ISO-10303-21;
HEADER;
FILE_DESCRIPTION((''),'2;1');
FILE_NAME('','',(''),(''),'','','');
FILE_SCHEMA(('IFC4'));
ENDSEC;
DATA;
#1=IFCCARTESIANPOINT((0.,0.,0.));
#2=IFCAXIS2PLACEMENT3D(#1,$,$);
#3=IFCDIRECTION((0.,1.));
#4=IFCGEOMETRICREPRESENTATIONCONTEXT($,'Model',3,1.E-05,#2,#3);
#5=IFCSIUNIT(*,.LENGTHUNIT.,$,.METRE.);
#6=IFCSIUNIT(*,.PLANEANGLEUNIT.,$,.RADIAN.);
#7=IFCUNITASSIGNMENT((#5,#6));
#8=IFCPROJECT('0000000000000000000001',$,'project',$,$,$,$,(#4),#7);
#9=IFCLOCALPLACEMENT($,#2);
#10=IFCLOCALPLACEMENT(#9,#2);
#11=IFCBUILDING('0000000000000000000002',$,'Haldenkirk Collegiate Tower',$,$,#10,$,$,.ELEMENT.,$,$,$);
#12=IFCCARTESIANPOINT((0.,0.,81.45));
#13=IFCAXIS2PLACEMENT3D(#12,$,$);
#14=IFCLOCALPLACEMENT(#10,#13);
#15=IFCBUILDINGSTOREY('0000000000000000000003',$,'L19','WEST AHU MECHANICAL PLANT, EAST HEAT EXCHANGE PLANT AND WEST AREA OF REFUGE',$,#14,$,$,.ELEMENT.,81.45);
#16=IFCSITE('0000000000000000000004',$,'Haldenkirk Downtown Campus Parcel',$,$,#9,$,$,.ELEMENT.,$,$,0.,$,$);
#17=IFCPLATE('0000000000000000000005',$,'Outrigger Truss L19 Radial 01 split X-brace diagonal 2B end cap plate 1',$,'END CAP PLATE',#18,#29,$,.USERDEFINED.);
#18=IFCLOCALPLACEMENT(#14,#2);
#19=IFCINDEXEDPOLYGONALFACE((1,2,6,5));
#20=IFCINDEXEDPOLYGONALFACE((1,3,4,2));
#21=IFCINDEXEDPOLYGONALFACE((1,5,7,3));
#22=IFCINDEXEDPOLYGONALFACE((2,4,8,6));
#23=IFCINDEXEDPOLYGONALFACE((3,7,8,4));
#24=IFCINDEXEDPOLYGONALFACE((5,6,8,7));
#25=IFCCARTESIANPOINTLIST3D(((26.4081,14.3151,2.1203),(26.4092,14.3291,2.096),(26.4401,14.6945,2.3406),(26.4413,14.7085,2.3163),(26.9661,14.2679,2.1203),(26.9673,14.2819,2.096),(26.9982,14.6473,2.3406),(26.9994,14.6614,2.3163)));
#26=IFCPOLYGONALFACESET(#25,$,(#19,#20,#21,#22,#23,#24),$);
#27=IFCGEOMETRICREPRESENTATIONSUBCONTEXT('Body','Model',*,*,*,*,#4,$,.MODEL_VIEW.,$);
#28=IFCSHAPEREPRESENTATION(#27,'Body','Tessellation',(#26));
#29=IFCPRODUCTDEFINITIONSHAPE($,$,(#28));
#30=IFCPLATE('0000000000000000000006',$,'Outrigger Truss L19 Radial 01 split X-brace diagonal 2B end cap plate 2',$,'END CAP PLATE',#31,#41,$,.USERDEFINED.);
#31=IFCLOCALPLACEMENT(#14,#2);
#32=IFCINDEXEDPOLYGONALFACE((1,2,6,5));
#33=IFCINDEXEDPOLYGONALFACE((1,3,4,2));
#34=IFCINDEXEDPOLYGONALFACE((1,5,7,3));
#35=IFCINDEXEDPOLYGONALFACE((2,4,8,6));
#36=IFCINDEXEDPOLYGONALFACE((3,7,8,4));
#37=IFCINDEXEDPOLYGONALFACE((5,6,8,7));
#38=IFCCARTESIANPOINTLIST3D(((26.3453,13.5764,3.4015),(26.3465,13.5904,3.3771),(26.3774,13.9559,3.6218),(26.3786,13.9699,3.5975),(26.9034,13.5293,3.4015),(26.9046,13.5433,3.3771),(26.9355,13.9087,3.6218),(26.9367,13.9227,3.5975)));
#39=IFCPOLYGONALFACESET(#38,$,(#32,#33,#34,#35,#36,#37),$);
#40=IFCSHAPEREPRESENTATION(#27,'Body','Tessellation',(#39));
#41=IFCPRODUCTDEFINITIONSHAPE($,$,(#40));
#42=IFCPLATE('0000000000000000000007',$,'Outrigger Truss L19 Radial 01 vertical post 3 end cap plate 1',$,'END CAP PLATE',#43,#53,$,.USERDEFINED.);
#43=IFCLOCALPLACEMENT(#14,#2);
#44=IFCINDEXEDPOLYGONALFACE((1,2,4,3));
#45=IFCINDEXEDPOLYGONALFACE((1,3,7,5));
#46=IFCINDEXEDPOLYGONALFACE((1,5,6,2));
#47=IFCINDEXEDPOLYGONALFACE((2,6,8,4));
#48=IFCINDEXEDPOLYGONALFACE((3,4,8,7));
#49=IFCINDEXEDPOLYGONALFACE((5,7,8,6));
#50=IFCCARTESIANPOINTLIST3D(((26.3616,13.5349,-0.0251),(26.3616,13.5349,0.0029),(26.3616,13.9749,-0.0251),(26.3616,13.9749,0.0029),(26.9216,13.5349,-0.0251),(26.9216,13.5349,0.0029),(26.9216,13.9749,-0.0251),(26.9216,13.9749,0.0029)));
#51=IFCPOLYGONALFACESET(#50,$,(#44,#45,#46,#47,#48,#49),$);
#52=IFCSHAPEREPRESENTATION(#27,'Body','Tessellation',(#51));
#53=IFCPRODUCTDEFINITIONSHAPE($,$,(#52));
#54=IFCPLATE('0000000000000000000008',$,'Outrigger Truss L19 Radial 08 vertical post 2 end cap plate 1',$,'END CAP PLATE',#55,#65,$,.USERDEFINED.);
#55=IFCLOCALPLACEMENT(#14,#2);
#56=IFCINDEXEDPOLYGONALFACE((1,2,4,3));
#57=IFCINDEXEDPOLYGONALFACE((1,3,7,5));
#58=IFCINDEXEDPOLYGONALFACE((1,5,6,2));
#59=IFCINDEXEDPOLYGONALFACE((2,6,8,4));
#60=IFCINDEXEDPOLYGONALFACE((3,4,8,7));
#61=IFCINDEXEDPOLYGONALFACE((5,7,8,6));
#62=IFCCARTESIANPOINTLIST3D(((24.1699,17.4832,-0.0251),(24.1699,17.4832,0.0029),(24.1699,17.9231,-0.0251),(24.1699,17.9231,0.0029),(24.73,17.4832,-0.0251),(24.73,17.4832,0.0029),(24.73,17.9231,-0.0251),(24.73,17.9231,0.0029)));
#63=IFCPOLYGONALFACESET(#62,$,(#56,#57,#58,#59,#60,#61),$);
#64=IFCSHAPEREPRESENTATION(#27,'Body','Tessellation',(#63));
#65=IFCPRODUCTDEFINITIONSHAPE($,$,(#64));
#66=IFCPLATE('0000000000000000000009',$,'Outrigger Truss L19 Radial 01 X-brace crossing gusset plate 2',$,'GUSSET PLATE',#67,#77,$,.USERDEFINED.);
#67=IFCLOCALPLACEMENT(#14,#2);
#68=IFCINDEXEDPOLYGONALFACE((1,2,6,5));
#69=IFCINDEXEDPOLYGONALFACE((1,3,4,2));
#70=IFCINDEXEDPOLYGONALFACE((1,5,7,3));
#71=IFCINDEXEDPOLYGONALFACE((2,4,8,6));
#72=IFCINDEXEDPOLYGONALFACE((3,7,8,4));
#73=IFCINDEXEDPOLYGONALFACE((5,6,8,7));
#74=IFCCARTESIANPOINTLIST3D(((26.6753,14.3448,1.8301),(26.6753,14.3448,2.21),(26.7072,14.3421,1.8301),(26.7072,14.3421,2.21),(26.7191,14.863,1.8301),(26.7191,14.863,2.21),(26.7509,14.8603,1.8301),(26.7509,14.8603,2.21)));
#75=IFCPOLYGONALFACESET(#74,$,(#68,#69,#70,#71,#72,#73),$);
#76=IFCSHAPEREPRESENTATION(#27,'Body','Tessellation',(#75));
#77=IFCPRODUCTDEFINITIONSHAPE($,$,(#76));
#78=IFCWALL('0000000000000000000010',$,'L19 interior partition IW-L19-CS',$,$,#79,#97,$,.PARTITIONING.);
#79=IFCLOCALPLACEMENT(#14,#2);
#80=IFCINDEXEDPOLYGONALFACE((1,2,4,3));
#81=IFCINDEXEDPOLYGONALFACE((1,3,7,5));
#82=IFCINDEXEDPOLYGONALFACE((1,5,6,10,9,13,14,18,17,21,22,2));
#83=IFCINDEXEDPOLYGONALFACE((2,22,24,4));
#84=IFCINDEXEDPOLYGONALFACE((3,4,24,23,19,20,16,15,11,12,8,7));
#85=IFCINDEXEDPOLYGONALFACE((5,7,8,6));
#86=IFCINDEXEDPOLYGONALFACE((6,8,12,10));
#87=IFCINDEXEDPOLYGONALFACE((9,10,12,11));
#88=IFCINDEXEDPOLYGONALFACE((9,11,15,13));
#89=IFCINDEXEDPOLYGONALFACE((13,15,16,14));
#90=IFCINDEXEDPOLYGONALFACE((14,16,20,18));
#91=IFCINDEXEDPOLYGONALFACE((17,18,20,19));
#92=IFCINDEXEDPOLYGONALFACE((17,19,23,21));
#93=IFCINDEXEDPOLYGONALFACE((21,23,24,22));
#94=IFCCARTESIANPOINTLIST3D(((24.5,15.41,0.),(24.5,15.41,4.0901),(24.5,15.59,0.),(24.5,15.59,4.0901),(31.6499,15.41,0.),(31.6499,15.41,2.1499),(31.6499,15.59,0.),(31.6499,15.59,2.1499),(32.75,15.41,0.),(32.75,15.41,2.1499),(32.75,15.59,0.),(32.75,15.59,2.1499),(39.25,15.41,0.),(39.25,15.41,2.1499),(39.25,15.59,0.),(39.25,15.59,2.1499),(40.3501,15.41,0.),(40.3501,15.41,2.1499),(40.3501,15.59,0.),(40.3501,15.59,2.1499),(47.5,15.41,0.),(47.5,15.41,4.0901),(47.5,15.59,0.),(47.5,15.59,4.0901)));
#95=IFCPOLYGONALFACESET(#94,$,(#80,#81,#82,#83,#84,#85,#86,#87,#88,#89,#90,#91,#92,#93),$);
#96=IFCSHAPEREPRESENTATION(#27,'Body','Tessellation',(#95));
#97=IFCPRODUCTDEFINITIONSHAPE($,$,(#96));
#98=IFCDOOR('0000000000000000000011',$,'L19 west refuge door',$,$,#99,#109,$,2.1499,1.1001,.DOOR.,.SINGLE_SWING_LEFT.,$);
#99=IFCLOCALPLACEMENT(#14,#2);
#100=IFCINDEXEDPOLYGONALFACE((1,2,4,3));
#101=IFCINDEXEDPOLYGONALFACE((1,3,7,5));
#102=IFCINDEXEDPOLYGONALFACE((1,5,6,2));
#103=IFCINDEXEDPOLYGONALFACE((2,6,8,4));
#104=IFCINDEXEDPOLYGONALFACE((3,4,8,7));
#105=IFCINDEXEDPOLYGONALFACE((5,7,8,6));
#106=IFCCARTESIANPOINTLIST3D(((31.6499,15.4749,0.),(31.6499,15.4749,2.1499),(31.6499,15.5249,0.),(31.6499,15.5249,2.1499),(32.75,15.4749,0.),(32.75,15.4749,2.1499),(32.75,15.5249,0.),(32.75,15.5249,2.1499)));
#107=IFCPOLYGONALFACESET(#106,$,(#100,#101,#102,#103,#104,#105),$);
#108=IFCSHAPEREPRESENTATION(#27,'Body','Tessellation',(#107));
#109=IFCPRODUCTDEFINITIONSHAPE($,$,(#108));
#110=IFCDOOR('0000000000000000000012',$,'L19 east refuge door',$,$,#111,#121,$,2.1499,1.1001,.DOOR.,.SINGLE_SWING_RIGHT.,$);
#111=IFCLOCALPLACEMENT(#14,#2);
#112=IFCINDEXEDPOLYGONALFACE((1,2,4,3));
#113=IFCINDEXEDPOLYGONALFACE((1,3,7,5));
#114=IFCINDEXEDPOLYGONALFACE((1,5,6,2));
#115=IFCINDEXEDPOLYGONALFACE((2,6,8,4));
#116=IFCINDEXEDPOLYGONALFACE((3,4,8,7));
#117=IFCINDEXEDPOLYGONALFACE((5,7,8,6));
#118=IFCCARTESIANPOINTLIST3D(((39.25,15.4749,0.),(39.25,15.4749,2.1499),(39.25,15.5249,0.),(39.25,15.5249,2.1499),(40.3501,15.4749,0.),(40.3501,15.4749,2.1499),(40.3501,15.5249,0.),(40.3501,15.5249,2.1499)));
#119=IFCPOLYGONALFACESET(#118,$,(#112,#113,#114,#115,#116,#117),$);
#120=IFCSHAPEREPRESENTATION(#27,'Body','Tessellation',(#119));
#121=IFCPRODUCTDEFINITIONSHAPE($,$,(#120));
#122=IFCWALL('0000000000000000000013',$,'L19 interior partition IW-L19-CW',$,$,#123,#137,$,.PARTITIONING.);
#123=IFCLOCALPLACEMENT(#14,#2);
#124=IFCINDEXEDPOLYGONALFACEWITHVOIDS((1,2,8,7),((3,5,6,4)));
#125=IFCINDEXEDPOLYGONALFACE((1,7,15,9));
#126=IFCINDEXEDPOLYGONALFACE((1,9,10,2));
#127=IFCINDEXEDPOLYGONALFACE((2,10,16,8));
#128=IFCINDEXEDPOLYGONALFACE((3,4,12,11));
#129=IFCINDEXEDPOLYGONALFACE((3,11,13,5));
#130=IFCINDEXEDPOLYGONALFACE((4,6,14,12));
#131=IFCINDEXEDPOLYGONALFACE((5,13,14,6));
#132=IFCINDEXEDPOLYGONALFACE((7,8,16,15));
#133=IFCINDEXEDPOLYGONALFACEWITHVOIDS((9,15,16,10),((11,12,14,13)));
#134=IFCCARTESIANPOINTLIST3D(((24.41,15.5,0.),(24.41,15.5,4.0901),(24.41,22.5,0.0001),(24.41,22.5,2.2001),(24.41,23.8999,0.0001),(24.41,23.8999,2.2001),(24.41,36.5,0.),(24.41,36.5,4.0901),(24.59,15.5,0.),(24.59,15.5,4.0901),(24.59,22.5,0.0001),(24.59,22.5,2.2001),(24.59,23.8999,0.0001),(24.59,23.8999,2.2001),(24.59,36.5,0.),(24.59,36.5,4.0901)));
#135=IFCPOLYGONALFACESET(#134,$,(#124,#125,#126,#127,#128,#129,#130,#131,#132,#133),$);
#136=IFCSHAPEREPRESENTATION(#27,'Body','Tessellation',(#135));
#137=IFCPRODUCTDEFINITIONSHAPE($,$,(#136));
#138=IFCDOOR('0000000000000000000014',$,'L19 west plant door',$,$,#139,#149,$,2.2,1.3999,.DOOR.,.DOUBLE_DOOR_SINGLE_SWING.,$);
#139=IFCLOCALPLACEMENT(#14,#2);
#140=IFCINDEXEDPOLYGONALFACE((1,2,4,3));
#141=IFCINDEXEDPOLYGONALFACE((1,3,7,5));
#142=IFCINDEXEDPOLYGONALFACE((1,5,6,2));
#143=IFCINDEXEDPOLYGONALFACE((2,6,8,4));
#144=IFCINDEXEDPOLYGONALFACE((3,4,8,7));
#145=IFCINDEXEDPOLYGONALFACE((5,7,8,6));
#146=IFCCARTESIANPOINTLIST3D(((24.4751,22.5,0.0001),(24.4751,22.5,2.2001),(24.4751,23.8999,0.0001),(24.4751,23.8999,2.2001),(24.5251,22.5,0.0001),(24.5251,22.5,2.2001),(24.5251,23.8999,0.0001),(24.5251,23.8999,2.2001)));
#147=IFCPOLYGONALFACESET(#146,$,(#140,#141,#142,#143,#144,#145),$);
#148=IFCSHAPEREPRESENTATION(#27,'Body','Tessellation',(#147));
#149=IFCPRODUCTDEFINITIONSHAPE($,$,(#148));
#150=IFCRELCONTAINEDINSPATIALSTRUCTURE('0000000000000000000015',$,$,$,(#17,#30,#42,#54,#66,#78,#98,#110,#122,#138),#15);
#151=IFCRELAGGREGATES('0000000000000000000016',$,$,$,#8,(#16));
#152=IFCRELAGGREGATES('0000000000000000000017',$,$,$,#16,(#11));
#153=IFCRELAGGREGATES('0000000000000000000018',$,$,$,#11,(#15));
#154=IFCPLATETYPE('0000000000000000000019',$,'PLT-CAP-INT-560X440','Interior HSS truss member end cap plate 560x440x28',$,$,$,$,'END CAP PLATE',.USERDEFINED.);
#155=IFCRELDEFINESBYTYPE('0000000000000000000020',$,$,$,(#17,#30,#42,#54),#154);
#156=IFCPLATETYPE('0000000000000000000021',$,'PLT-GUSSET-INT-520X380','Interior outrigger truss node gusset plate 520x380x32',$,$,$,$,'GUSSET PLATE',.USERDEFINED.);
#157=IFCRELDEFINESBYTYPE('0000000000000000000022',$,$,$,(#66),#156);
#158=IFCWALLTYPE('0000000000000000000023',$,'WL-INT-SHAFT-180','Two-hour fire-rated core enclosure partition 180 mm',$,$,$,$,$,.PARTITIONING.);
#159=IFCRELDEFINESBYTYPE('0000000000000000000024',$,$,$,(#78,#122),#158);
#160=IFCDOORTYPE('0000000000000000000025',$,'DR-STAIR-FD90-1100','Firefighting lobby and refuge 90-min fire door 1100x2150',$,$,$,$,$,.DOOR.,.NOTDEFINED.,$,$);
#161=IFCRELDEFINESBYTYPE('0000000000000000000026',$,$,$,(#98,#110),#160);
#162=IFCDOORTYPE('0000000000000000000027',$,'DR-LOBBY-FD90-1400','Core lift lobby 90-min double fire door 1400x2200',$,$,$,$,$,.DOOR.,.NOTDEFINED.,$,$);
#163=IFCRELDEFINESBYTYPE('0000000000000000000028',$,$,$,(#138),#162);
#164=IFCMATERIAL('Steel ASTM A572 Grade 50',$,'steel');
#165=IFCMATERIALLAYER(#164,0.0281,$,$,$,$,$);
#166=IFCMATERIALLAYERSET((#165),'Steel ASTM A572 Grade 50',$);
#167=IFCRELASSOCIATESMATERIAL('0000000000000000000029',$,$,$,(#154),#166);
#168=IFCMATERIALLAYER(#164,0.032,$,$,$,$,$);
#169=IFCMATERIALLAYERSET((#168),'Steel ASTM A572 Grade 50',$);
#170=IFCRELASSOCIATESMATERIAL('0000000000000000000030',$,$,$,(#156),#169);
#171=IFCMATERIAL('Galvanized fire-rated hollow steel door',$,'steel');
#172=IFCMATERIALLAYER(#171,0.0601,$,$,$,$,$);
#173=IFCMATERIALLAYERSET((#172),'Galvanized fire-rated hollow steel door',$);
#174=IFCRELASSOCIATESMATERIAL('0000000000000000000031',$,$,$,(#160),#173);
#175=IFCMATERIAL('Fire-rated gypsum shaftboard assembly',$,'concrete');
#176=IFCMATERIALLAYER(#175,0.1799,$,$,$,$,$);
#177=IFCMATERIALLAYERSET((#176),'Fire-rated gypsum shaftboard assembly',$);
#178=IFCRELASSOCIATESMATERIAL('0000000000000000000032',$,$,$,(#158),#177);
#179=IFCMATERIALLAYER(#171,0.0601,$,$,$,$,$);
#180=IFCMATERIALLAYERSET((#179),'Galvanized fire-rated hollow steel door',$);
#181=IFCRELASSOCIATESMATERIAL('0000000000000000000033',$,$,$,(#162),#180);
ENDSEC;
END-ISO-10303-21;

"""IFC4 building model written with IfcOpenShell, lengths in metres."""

from ifc_helpers import new_model, si_unit, direction, frame, frame_2d, origin, origin_2d, place, context, subcontext, project, spatial, rectangle, extrude, source, transform, mapped, material, layer, layer_set, type_object, element, fill, save


model = new_model("IFC4")

# Units and contexts
model_context = context("Model", 3, precision=1e-05, world=origin(), true_north=direction((0.0, 1.0)))
body_context = subcontext(model_context, "Body", "Model", "MODEL_VIEW")
ifc_project = project(units=[si_unit("LENGTHUNIT", "METRE"), si_unit("PLANEANGLEUNIT", "RADIAN")], contexts=[model_context])

# Site, building, storey
site_placement = place(None, origin())
site = spatial("IfcSite", under=ifc_project, at=site_placement, Name="Haldenkirk Downtown Campus Parcel", CompositionType="ELEMENT", RefElevation=0.0)
building_placement = place(site_placement, origin())
building = spatial("IfcBuilding", under=site, at=building_placement, Name="Haldenkirk Collegiate Tower", CompositionType="ELEMENT")
storey_placement = place(building_placement, frame((0.0, 0.0, 81.45)))
storey = spatial("IfcBuildingStorey", under=building, at=storey_placement, Name="L19", Description="WEST AHU MECHANICAL PLANT, EAST HEAT EXCHANGE PLANT AND WEST AREA OF REFUGE", CompositionType="ELEMENT", Elevation=81.45)

# Shared definitions
ifc_material_1 = material(Name="Steel ASTM A572 Grade 50", Category="steel")

# Plates
ifc_layer_1 = layer(ifc_material_1, 0.0281)
ifc_layer_set_1 = layer_set([ifc_layer_1], Name="Steel ASTM A572 Grade 50")
plate_type_1 = type_object("IfcPlateType", Name="PLT-CAP-INT-560X440", Description="Interior HSS truss member end cap plate 560x440x28", ElementType="END CAP PLATE", PredefinedType="USERDEFINED", material=ifc_layer_set_1)
shared_shape_1 = source(origin(), body_context, "Body", "SweptSolid", [
    extrude(rectangle(XDim=0.5601, YDim=0.4399, at=origin_2d()), origin(), (0.0, 0.0, 1.0), 0.0281),
])
for number, where, z_axis, x_axis, name in (
    (1, (26.7031, 14.4812, 2.2305), (0.042171, 0.498995, -0.865578), (-0.996448, 0.084213, 0.000001), "Outrigger Truss L19 Radial 01 split X-brace diagonal 2B end cap plate 1"),
    (2, (26.6416, 13.7566, 3.4873), (-0.042171, -0.498995, 0.865578), (0.996448, -0.084213, -0.000001), "Outrigger Truss L19 Radial 01 split X-brace diagonal 2B end cap plate 2"),
    (3, (26.6416, 13.7549, 0.0029), (0.0, 0.0, -1.0), (1.0, 0.0, 0.0), "Outrigger Truss L19 Radial 01 vertical post 3 end cap plate 1"),
    (4, (24.45, 17.7031, 0.0029), (0.0, 0.0, -1.0), (1.0, 0.0, 0.0), "Outrigger Truss L19 Radial 08 vertical post 2 end cap plate 1"),
):
    element("IfcPlate", number, at=place(storey_placement, frame(where, z_axis=z_axis, x_axis=x_axis)), inside=storey, type_object=plate_type_1, Name=name, ObjectType="END CAP PLATE", PredefinedType="USERDEFINED", context=body_context, shape_type="MappedRepresentation", body=[
        mapped(shared_shape_1, transform((0.0, 0.0, 0.0), x_axis=(1.0, 0.0, 0.0), y_axis=(0.0, 1.0, 0.0), z_axis=(0.0, 0.0, 1.0), scale=1.0)),
    ])
ifc_layer_2 = layer(ifc_material_1, 0.032)
ifc_layer_set_2 = layer_set([ifc_layer_2], Name="Steel ASTM A572 Grade 50")
plate_type_2 = type_object("IfcPlateType", Name="PLT-GUSSET-INT-520X380", Description="Interior outrigger truss node gusset plate 520x380x32", ElementType="GUSSET PLATE", PredefinedType="USERDEFINED", material=ifc_layer_set_2)
shared_shape_2 = source(origin(), body_context, "Body", "SweptSolid", [
    extrude(rectangle(XDim=0.52, YDim=0.032, at=origin_2d()), origin(), (0.0, 0.0, 1.0), 0.3799),
])
plate_placement = place(storey_placement, frame((26.7131, 14.6025, 1.8301), z_axis=(0.0, 0.0, 1.0), x_axis=(-0.084148, -0.996453, 0.0)))
element("IfcPlate", 5, at=plate_placement, inside=storey, type_object=plate_type_2, Name="Outrigger Truss L19 Radial 01 X-brace crossing gusset plate 2", ObjectType="GUSSET PLATE", PredefinedType="USERDEFINED", context=body_context, shape_type="MappedRepresentation", body=[
    mapped(shared_shape_2, transform((0.0, 0.0, 0.0), x_axis=(1.0, 0.0, 0.0), y_axis=(0.0, 1.0, 0.0), z_axis=(0.0, 0.0, 1.0), scale=1.0)),
])

# Wall, openings, doors
ifc_material_2 = material(Name="Galvanized fire-rated hollow steel door", Category="steel")
ifc_layer_3 = layer(ifc_material_2, 0.0601)
ifc_layer_set_3 = layer_set([ifc_layer_3], Name="Galvanized fire-rated hollow steel door")
door_type_1 = type_object("IfcDoorType", Name="DR-STAIR-FD90-1100", Description="Firefighting lobby and refuge 90-min fire door 1100x2150", OperationType="NOTDEFINED", PredefinedType="DOOR", material=ifc_layer_set_3)
ifc_material_3 = material(Name="Fire-rated gypsum shaftboard assembly", Category="concrete")
ifc_layer_4 = layer(ifc_material_3, 0.1799)
ifc_layer_set_4 = layer_set([ifc_layer_4], Name="Fire-rated gypsum shaftboard assembly")
wall_type_1 = type_object("IfcWallType", Name="WL-INT-SHAFT-180", Description="Two-hour fire-rated core enclosure partition 180 mm", PredefinedType="PARTITIONING", material=ifc_layer_set_4)
wall_1_placement = place(storey_placement, frame((24.5, 15.5, 0.0), z_axis=(0.0, 0.0, 1.0), x_axis=(1.0, 0.0, 0.0)))
wall_1 = element("IfcWall", 6, at=wall_1_placement, inside=storey, type_object=wall_type_1, Name="L19 interior partition IW-L19-CS", PredefinedType="PARTITIONING", context=body_context, shape_type="SweptSolid", body=[
    extrude(rectangle(XDim=23.0, YDim=0.1799, at=frame_2d((11.5, 0.0))), origin(), (0.0, 0.0, 1.0), 4.0901),
])
opening_1_placement = place(wall_1_placement, frame((7.1499, 0.0, 0.0)))
opening_1 = element("IfcOpeningElement", 7, at=opening_1_placement, cuts=wall_1, PredefinedType="OPENING", context=body_context, shape_type="SweptSolid", body=[
    extrude(rectangle(XDim=1.1001, YDim=2.1499, at=frame_2d((0.55, 1.075))), frame((0.0, 0.0999, 0.0), z_axis=(0.0, -1.0, 0.0), x_axis=(1.0, 0.0, 0.0)), (0.0, 0.0, 1.0), 0.2),
])
opening_2_placement = place(wall_1_placement, frame((14.75, 0.0, 0.0)))
opening_2 = element("IfcOpeningElement", 8, at=opening_2_placement, cuts=wall_1, PredefinedType="OPENING", context=body_context, shape_type="SweptSolid", body=[
    extrude(rectangle(XDim=1.1001, YDim=2.1499, at=frame_2d((0.55, 1.075))), frame((0.0, 0.0999, 0.0), z_axis=(0.0, -1.0, 0.0), x_axis=(1.0, 0.0, 0.0)), (0.0, 0.0, 1.0), 0.2),
])
door_1_placement = place(opening_1_placement, origin())
door_1 = element("IfcDoor", 9, at=door_1_placement, inside=storey, type_object=door_type_1, Name="L19 west refuge door", OperationType="SINGLE_SWING_LEFT", OverallHeight=2.1499, OverallWidth=1.1001, PredefinedType="DOOR", context=body_context, shape_type="SweptSolid", body=[
    extrude(rectangle(XDim=1.1001, YDim=2.1499, at=frame_2d((0.55, 1.075))), frame((0.0, 0.0249, 0.0), z_axis=(0.0, -1.0, 0.0), x_axis=(1.0, 0.0, 0.0)), (0.0, 0.0, 1.0), 0.05),
])
fill(opening_1, door_1)
door_2_placement = place(opening_2_placement, origin())
door_2 = element("IfcDoor", 10, at=door_2_placement, inside=storey, type_object=door_type_1, Name="L19 east refuge door", OperationType="SINGLE_SWING_RIGHT", OverallHeight=2.1499, OverallWidth=1.1001, PredefinedType="DOOR", context=body_context, shape_type="SweptSolid", body=[
    extrude(rectangle(XDim=1.1001, YDim=2.1499, at=frame_2d((0.55, 1.075))), frame((0.0, 0.0249, 0.0), z_axis=(0.0, -1.0, 0.0), x_axis=(1.0, 0.0, 0.0)), (0.0, 0.0, 1.0), 0.05),
])
fill(opening_2, door_2)

# Wall, opening, door
wall_2_placement = place(storey_placement, frame((24.5, 15.5, 0.0), z_axis=(0.0, 0.0, 1.0), x_axis=(0.0, 1.0, 0.0)))
wall_2 = element("IfcWall", 11, at=wall_2_placement, inside=storey, type_object=wall_type_1, Name="L19 interior partition IW-L19-CW", PredefinedType="PARTITIONING", context=body_context, shape_type="SweptSolid", body=[
    extrude(rectangle(XDim=21.0, YDim=0.1799, at=frame_2d((10.5, 0.0))), origin(), (0.0, 0.0, 1.0), 4.0901),
])
opening_3_placement = place(wall_2_placement, frame((7.0, 0.0, 0.0)))
opening_3 = element("IfcOpeningElement", 12, at=opening_3_placement, cuts=wall_2, PredefinedType="OPENING", context=body_context, shape_type="SweptSolid", body=[
    extrude(rectangle(XDim=1.3999, YDim=2.2, at=frame_2d((0.7, 1.1001))), frame((0.0, 0.0999, 0.0), z_axis=(0.0, -1.0, 0.0), x_axis=(1.0, 0.0, 0.0)), (0.0, 0.0, 1.0), 0.2),
])
ifc_layer_5 = layer(ifc_material_2, 0.0601)
ifc_layer_set_5 = layer_set([ifc_layer_5], Name="Galvanized fire-rated hollow steel door")
door_type_2 = type_object("IfcDoorType", Name="DR-LOBBY-FD90-1400", Description="Core lift lobby 90-min double fire door 1400x2200", OperationType="NOTDEFINED", PredefinedType="DOOR", material=ifc_layer_set_5)
door_3_placement = place(opening_3_placement, origin())
door_3 = element("IfcDoor", 13, at=door_3_placement, inside=storey, type_object=door_type_2, Name="L19 west plant door", OperationType="DOUBLE_DOOR_SINGLE_SWING", OverallHeight=2.2, OverallWidth=1.3999, PredefinedType="DOOR", context=body_context, shape_type="SweptSolid", body=[
    extrude(rectangle(XDim=1.3999, YDim=2.2, at=frame_2d((0.7, 1.1001))), frame((0.0, 0.0249, 0.0), z_axis=(0.0, -1.0, 0.0), x_axis=(1.0, 0.0, 0.0)), (0.0, 0.0, 1.0), 0.05),
])
fill(opening_3, door_3)

save(model, "model.ifc")
